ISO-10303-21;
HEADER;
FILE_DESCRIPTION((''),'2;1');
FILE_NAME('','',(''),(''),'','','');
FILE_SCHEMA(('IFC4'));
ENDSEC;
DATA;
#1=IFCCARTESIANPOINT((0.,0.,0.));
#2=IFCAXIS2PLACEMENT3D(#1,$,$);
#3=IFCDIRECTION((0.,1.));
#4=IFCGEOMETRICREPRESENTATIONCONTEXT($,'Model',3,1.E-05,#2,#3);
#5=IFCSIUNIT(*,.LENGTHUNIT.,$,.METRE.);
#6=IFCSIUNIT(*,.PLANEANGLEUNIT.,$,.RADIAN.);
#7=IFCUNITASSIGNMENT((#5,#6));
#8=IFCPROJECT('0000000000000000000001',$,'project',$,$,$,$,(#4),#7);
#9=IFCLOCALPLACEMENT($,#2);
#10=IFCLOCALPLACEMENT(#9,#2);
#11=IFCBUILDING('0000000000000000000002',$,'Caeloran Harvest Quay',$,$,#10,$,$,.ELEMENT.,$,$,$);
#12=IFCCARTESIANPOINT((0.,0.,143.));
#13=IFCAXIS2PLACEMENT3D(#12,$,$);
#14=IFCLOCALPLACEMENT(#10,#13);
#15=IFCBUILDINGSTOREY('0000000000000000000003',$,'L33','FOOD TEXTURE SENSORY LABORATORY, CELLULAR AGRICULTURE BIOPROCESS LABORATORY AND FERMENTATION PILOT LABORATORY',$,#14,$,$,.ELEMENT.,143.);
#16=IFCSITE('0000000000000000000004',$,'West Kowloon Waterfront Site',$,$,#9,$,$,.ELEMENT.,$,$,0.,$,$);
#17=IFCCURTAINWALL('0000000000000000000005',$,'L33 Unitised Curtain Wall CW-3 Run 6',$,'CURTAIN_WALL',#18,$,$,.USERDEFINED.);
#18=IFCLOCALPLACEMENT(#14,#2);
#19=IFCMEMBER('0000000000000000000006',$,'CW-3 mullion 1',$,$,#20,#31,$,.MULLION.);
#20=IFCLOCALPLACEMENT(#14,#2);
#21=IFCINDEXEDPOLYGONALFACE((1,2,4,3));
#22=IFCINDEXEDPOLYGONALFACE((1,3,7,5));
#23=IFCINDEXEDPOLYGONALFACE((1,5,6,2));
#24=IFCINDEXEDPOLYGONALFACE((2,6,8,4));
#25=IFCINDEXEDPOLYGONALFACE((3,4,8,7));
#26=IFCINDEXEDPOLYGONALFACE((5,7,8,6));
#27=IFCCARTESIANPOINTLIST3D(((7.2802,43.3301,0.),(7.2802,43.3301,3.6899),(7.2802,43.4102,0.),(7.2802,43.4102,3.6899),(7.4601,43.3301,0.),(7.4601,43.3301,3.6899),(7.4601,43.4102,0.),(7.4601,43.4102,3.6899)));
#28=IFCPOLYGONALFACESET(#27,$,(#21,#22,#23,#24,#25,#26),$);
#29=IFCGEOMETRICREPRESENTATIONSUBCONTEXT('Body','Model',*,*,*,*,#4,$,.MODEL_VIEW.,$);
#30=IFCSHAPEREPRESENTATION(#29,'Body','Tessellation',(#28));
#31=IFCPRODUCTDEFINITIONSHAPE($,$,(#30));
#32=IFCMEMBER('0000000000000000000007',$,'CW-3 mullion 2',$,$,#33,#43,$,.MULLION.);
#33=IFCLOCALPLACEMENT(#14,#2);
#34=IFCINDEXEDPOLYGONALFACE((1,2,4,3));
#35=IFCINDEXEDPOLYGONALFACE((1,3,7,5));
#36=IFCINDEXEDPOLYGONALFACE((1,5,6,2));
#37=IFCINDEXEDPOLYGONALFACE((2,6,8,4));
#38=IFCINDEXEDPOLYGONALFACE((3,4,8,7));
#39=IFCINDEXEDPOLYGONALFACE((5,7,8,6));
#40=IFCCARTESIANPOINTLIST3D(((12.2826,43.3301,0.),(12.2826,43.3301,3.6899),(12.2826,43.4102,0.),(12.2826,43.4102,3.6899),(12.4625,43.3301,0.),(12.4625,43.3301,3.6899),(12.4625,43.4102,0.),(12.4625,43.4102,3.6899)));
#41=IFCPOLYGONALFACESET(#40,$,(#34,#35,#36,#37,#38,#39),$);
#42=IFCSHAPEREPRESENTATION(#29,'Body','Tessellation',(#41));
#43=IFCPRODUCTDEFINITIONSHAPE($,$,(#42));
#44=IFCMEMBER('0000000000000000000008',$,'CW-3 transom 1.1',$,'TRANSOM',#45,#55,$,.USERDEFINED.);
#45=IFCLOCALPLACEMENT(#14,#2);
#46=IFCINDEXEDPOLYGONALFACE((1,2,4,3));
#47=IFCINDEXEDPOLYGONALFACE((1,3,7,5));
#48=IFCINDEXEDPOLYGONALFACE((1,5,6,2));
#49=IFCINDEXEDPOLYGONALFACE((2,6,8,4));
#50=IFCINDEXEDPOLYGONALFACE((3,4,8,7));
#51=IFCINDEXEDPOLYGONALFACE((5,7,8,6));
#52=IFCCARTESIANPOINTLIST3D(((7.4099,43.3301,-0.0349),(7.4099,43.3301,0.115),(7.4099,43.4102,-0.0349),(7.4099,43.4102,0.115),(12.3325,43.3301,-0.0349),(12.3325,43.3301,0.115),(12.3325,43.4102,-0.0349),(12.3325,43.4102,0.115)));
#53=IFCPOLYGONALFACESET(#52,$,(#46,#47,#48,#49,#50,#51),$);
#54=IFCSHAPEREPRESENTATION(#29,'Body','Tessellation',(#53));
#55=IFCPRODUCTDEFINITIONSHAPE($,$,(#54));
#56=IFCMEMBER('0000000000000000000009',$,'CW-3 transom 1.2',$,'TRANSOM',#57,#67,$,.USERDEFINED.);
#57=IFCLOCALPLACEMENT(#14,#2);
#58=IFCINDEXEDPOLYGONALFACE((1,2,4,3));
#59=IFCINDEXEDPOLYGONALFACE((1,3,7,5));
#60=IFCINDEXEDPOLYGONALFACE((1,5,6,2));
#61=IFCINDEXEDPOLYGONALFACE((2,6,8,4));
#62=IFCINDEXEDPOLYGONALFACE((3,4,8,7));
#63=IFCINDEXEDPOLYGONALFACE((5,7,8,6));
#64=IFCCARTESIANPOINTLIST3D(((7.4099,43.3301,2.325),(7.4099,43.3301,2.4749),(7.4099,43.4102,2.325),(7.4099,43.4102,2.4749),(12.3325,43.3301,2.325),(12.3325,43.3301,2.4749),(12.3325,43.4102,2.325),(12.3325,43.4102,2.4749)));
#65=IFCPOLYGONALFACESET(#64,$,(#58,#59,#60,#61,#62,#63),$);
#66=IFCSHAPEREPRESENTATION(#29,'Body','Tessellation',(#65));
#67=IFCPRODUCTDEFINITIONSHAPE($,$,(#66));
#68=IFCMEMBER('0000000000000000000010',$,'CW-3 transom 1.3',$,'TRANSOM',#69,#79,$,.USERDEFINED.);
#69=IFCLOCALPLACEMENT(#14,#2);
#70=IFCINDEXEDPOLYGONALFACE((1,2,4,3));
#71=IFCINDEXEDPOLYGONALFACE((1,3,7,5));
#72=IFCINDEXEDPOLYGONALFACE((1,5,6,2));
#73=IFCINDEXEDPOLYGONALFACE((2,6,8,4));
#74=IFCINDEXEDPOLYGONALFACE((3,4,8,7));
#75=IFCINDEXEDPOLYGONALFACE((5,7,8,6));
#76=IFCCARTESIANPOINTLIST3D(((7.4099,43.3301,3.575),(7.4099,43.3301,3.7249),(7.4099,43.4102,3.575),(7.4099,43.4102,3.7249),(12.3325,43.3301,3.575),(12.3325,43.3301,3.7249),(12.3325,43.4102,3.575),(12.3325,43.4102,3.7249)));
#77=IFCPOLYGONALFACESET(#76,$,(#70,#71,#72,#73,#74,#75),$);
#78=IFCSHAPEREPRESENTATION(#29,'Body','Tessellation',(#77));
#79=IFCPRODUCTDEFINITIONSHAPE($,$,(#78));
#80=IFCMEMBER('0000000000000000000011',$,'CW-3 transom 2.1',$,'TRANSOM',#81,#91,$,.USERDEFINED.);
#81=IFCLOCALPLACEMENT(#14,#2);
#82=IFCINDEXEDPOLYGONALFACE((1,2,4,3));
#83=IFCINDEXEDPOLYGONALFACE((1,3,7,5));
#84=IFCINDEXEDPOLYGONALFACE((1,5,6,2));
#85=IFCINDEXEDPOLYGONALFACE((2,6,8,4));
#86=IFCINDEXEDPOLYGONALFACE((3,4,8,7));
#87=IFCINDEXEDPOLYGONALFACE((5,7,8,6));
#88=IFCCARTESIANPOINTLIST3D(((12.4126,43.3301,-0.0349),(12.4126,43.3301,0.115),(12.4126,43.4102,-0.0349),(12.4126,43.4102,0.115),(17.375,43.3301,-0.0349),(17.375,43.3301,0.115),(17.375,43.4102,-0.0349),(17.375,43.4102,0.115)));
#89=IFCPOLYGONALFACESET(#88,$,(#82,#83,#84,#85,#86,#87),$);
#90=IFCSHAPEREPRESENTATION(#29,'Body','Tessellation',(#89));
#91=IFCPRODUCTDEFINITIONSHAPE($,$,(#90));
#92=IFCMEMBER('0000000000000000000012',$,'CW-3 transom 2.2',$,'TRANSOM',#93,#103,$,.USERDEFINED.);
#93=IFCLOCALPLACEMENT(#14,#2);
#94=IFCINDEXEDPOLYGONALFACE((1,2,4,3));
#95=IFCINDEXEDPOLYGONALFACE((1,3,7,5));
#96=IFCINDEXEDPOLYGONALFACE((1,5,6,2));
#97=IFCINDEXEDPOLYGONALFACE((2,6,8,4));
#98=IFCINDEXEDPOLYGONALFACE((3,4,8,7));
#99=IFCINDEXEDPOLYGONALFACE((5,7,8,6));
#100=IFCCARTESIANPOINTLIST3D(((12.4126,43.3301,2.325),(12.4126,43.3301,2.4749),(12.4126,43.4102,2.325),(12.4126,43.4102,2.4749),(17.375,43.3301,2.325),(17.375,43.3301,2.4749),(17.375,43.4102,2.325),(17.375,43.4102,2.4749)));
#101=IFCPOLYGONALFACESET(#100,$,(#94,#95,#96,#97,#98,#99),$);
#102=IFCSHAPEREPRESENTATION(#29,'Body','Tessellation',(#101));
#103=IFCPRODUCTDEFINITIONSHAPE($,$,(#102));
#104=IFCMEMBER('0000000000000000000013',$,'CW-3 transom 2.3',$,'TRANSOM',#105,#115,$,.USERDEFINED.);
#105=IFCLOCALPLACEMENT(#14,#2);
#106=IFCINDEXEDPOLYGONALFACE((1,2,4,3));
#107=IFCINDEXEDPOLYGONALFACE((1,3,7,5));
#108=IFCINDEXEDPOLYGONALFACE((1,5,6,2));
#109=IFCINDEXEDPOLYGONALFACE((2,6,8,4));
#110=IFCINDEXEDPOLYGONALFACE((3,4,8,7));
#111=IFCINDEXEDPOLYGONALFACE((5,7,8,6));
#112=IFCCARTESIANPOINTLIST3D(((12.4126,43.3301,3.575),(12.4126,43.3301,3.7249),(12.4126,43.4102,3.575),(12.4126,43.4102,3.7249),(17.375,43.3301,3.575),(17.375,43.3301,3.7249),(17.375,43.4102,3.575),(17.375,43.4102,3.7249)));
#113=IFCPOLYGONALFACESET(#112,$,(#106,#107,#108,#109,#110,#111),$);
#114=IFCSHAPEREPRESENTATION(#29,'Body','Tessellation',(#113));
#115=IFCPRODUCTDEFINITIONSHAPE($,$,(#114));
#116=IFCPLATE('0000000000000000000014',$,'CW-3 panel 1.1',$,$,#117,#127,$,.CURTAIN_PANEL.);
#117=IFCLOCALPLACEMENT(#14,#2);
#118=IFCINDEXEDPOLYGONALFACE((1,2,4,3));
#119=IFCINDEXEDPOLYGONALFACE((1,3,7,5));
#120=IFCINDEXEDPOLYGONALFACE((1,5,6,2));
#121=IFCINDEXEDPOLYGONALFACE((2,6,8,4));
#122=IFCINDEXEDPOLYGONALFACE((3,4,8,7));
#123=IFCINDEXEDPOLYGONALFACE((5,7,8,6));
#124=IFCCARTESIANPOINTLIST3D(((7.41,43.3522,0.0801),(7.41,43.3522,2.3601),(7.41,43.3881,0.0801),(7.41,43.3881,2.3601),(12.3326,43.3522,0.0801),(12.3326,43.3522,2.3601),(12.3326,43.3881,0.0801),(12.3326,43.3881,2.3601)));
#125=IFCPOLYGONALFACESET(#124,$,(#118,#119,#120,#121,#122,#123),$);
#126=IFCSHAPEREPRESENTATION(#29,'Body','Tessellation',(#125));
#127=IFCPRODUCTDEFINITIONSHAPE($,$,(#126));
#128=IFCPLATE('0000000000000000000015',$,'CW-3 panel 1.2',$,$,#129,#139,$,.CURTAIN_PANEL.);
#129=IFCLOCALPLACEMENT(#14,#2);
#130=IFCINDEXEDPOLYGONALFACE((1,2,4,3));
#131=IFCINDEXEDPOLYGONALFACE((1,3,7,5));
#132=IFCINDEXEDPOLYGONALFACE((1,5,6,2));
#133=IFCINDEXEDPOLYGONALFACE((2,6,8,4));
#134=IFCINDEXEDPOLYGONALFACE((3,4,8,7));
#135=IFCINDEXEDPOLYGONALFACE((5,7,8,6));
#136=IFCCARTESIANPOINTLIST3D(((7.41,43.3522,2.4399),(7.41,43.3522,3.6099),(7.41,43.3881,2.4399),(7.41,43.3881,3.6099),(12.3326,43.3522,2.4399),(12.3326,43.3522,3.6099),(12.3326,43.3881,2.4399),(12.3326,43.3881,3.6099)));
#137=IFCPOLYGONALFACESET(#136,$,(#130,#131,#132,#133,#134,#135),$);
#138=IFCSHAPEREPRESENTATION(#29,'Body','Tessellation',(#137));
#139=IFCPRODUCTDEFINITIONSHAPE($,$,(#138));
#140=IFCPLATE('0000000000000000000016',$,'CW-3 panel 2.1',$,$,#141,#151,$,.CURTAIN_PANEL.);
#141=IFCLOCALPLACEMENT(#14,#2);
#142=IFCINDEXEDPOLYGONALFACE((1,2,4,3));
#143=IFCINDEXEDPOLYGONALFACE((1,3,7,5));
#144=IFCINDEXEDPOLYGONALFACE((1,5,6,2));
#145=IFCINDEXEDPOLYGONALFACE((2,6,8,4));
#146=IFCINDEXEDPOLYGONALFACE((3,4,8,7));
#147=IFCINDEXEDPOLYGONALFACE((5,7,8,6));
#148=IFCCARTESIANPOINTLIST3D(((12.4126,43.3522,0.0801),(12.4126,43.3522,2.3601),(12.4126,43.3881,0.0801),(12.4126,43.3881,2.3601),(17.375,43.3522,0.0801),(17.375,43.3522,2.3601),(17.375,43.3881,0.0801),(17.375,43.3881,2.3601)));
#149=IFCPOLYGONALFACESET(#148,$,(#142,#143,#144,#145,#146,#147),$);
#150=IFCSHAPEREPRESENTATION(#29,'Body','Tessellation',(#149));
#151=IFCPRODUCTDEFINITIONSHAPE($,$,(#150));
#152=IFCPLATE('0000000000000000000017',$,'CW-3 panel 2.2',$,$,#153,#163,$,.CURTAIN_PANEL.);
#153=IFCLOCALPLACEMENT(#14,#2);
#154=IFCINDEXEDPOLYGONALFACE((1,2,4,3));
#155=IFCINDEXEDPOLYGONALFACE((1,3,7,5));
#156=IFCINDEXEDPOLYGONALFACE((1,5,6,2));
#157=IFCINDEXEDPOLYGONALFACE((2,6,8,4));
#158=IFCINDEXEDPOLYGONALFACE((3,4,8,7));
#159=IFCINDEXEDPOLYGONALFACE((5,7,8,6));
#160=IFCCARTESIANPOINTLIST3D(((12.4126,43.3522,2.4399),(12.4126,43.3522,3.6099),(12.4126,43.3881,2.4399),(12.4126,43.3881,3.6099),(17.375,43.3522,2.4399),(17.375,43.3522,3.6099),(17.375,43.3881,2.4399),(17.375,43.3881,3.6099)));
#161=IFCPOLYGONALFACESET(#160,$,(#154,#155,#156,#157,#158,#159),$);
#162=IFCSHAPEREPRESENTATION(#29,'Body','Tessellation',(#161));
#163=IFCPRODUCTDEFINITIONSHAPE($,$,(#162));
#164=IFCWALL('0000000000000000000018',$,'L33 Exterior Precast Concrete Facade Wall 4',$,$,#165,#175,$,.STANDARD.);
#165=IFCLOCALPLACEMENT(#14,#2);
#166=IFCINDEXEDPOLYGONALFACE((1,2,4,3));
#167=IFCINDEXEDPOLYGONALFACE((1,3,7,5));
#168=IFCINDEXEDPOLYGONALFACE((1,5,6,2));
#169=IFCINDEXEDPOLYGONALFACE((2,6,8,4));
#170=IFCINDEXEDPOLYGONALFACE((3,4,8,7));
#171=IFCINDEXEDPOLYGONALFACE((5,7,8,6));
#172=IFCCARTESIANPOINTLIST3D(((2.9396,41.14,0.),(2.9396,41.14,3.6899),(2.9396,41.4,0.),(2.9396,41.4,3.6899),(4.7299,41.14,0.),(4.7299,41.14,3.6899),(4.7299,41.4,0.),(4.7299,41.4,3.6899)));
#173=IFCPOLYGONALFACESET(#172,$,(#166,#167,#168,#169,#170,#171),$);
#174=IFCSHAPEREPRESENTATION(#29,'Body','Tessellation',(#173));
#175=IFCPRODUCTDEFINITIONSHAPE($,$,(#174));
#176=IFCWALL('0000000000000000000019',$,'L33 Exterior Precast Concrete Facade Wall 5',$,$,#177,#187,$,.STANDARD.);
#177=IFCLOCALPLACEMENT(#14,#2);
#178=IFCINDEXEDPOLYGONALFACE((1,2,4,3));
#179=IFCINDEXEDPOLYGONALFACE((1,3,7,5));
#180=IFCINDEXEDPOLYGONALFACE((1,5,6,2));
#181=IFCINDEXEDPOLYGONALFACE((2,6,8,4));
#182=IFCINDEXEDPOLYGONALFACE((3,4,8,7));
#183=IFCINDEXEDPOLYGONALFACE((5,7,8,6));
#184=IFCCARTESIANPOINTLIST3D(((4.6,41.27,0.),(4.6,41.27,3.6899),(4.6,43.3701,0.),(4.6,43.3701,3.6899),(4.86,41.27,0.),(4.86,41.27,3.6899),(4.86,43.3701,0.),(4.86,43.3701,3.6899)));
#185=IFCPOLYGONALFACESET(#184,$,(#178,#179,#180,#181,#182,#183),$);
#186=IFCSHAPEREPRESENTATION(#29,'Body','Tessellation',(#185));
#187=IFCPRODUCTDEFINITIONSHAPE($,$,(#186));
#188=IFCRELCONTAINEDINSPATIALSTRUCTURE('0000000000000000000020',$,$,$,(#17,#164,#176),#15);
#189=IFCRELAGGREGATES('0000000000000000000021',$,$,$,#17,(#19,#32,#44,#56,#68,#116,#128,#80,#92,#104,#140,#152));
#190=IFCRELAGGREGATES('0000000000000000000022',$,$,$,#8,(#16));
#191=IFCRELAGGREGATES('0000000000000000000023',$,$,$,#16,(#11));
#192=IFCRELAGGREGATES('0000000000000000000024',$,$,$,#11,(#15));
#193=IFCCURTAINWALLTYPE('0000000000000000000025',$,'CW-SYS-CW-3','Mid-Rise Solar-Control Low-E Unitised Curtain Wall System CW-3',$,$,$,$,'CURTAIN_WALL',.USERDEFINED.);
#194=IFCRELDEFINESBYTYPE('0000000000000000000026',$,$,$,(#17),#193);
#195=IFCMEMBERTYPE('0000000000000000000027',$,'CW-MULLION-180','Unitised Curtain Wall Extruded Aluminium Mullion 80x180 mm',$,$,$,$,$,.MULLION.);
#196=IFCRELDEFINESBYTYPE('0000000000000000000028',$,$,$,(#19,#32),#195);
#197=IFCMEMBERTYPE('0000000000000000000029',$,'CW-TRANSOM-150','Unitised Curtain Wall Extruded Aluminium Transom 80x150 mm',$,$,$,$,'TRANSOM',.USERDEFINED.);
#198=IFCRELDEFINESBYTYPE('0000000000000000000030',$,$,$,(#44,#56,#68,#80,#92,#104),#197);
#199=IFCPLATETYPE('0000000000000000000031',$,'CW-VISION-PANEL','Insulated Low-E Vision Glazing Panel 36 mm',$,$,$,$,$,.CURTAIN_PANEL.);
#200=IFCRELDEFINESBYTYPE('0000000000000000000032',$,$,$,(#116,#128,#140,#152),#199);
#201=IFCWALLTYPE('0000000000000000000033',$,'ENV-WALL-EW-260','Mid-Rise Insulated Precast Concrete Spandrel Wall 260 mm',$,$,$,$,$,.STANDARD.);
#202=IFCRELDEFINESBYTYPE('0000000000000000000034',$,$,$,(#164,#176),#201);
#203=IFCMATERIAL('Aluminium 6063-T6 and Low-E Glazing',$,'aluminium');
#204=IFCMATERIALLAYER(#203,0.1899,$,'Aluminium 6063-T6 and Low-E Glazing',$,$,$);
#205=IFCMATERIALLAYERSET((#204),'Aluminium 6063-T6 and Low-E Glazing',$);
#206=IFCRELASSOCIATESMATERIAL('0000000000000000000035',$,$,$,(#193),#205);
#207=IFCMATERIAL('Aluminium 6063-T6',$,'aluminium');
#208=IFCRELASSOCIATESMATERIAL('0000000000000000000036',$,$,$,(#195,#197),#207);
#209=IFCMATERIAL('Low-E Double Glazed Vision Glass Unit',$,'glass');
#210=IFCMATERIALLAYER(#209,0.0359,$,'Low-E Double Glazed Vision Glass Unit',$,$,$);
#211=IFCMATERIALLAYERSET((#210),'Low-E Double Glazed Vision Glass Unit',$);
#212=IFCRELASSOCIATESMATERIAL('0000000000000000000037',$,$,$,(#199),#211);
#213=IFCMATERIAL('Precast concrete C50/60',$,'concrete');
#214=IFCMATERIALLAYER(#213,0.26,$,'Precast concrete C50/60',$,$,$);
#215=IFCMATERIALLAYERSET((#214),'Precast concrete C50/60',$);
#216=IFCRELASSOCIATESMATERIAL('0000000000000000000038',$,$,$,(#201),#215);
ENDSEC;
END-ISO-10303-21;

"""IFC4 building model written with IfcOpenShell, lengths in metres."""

from ifc_helpers import new_model, si_unit, direction, frame, frame_2d, origin, origin_2d, place, context, subcontext, project, spatial, rectangle, extrude, material, layer, layer_set, material_profile, profile_set, type_object, element, aggregate, save


model = new_model("IFC4")

# Units and contexts
model_context = context("Model", 3, precision=1e-05, world=origin(), true_north=direction((0.0, 1.0)))
body_context = subcontext(model_context, "Body", "Model", "MODEL_VIEW")
ifc_project = project(units=[si_unit("LENGTHUNIT", "METRE"), si_unit("PLANEANGLEUNIT", "RADIAN")], contexts=[model_context])

# Site, building, storey
site_placement = place(None, origin())
site = spatial("IfcSite", under=ifc_project, at=site_placement, Name="West Kowloon Waterfront Site", CompositionType="ELEMENT", RefElevation=0.0)
building_placement = place(site_placement, origin())
building = spatial("IfcBuilding", under=site, at=building_placement, Name="Caeloran Harvest Quay", CompositionType="ELEMENT")
storey_placement = place(building_placement, frame((0.0, 0.0, 143.0)))
storey = spatial("IfcBuildingStorey", under=building, at=storey_placement, Name="L33", Description="FOOD TEXTURE SENSORY LABORATORY, CELLULAR AGRICULTURE BIOPROCESS LABORATORY AND FERMENTATION PILOT LABORATORY", CompositionType="ELEMENT", Elevation=143.0)

# Curtain wall, members, plates
ifc_material_1 = material(Name="Aluminium 6063-T6 and Low-E Glazing", Category="aluminium")
ifc_layer_1 = layer(ifc_material_1, 0.1899, Name="Aluminium 6063-T6 and Low-E Glazing")
ifc_layer_set_1 = layer_set([ifc_layer_1], Name="Aluminium 6063-T6 and Low-E Glazing")
curtain_wall_type = type_object("IfcCurtainWallType", Name="CW-SYS-CW-3", Description="Mid-Rise Solar-Control Low-E Unitised Curtain Wall System CW-3", ElementType="CURTAIN_WALL", PredefinedType="USERDEFINED", material=ifc_layer_set_1)
curtain_wall_placement = place(storey_placement, origin())
curtain_wall = element("IfcCurtainWall", 1, at=curtain_wall_placement, inside=storey, type_object=curtain_wall_type, Name="L33 Unitised Curtain Wall CW-3 Run 6", ObjectType="CURTAIN_WALL", PredefinedType="USERDEFINED")
ifc_material_2 = material(Name="Aluminium 6063-T6", Category="aluminium")
ifc_material_profile_1 = material_profile(ifc_material_2, rectangle(XDim=0.0801, YDim=0.1799, at=origin_2d()), Name="CW-MULLION-180")
ifc_profile_set_1 = profile_set([ifc_material_profile_1], Name="Aluminium 6063-T6")
member_type_1 = type_object("IfcMemberType", Name="CW-MULLION-180", Description="Unitised Curtain Wall Extruded Aluminium Mullion 80x180 mm", PredefinedType="MULLION", material=ifc_profile_set_1)
member_1_placement = place(storey_placement, frame((7.3701, 43.3701, 0.0), z_axis=(0.0, 0.0, 1.0), x_axis=(0.0, 1.0, 0.0)))
member_1 = element("IfcMember", 2, at=member_1_placement, type_object=member_type_1, Name="CW-3 mullion 1", PredefinedType="MULLION", context=body_context, shape_type="SweptSolid", body=[
    extrude(rectangle(XDim=0.0801, YDim=0.1799, at=origin_2d()), origin(), (0.0, 0.0, 1.0), 3.6899),
])
member_2_placement = place(storey_placement, frame((12.3726, 43.3701, 0.0), z_axis=(0.0, 0.0, 1.0), x_axis=(0.0, 1.0, 0.0)))
member_2 = element("IfcMember", 3, at=member_2_placement, type_object=member_type_1, Name="CW-3 mullion 2", PredefinedType="MULLION", context=body_context, shape_type="SweptSolid", body=[
    extrude(rectangle(XDim=0.0801, YDim=0.1799, at=origin_2d()), origin(), (0.0, 0.0, 1.0), 3.6899),
])
ifc_material_profile_2 = material_profile(ifc_material_2, rectangle(XDim=0.0801, YDim=0.1499, at=origin_2d()), Name="CW-TRANSOM-150")
ifc_profile_set_2 = profile_set([ifc_material_profile_2], Name="Aluminium 6063-T6")
member_type_2 = type_object("IfcMemberType", Name="CW-TRANSOM-150", Description="Unitised Curtain Wall Extruded Aluminium Transom 80x150 mm", ElementType="TRANSOM", PredefinedType="USERDEFINED", material=ifc_profile_set_2)
member_3_placement = place(storey_placement, frame((7.4099, 43.3701, 0.04), z_axis=(1.0, 0.0, 0.0), x_axis=(0.0, 1.0, 0.0)))
member_3 = element("IfcMember", 4, at=member_3_placement, type_object=member_type_2, Name="CW-3 transom 1.1", ObjectType="TRANSOM", PredefinedType="USERDEFINED", context=body_context, shape_type="SweptSolid", body=[
    extrude(rectangle(XDim=0.0801, YDim=0.1499, at=origin_2d()), origin(), (0.0, 0.0, 1.0), 4.9226),
])
member_4_placement = place(storey_placement, frame((7.4099, 43.3701, 2.3999), z_axis=(1.0, 0.0, 0.0), x_axis=(0.0, 1.0, 0.0)))
member_4 = element("IfcMember", 5, at=member_4_placement, type_object=member_type_2, Name="CW-3 transom 1.2", ObjectType="TRANSOM", PredefinedType="USERDEFINED", context=body_context, shape_type="SweptSolid", body=[
    extrude(rectangle(XDim=0.0801, YDim=0.1499, at=origin_2d()), origin(), (0.0, 0.0, 1.0), 4.9226),
])
member_5_placement = place(storey_placement, frame((7.4099, 43.3701, 3.6499), z_axis=(1.0, 0.0, 0.0), x_axis=(0.0, 1.0, 0.0)))
member_5 = element("IfcMember", 6, at=member_5_placement, type_object=member_type_2, Name="CW-3 transom 1.3", ObjectType="TRANSOM", PredefinedType="USERDEFINED", context=body_context, shape_type="SweptSolid", body=[
    extrude(rectangle(XDim=0.0801, YDim=0.1499, at=origin_2d()), origin(), (0.0, 0.0, 1.0), 4.9226),
])
member_6_placement = place(storey_placement, frame((12.4126, 43.3701, 0.04), z_axis=(1.0, 0.0, 0.0), x_axis=(0.0, 1.0, 0.0)))
member_6 = element("IfcMember", 7, at=member_6_placement, type_object=member_type_2, Name="CW-3 transom 2.1", ObjectType="TRANSOM", PredefinedType="USERDEFINED", context=body_context, shape_type="SweptSolid", body=[
    extrude(rectangle(XDim=0.0801, YDim=0.1499, at=origin_2d()), origin(), (0.0, 0.0, 1.0), 4.9624),
])
member_7_placement = place(storey_placement, frame((12.4126, 43.3701, 2.3999), z_axis=(1.0, 0.0, 0.0), x_axis=(0.0, 1.0, 0.0)))
member_7 = element("IfcMember", 8, at=member_7_placement, type_object=member_type_2, Name="CW-3 transom 2.2", ObjectType="TRANSOM", PredefinedType="USERDEFINED", context=body_context, shape_type="SweptSolid", body=[
    extrude(rectangle(XDim=0.0801, YDim=0.1499, at=origin_2d()), origin(), (0.0, 0.0, 1.0), 4.9624),
])
member_8_placement = place(storey_placement, frame((12.4126, 43.3701, 3.6499), z_axis=(1.0, 0.0, 0.0), x_axis=(0.0, 1.0, 0.0)))
member_8 = element("IfcMember", 9, at=member_8_placement, type_object=member_type_2, Name="CW-3 transom 2.3", ObjectType="TRANSOM", PredefinedType="USERDEFINED", context=body_context, shape_type="SweptSolid", body=[
    extrude(rectangle(XDim=0.0801, YDim=0.1499, at=origin_2d()), origin(), (0.0, 0.0, 1.0), 4.9624),
])
ifc_material_3 = material(Name="Low-E Double Glazed Vision Glass Unit", Category="glass")
ifc_layer_2 = layer(ifc_material_3, 0.0359, Name="Low-E Double Glazed Vision Glass Unit")
ifc_layer_set_2 = layer_set([ifc_layer_2], Name="Low-E Double Glazed Vision Glass Unit")
plate_type = type_object("IfcPlateType", Name="CW-VISION-PANEL", Description="Insulated Low-E Vision Glazing Panel 36 mm", PredefinedType="CURTAIN_PANEL", material=ifc_layer_set_2)
plate_1_placement = place(storey_placement, frame((9.8713, 43.3701, 0.0801), z_axis=(0.0, 0.0, 1.0), x_axis=(1.0, 0.0, 0.0)))
plate_1 = element("IfcPlate", 10, at=plate_1_placement, type_object=plate_type, Name="CW-3 panel 1.1", PredefinedType="CURTAIN_PANEL", context=body_context, shape_type="SweptSolid", body=[
    extrude(rectangle(XDim=4.9226, YDim=0.0359, at=origin_2d()), origin(), (0.0, 0.0, 1.0), 2.28),
])
plate_2_placement = place(storey_placement, frame((9.8713, 43.3701, 2.4399), z_axis=(0.0, 0.0, 1.0), x_axis=(1.0, 0.0, 0.0)))
plate_2 = element("IfcPlate", 11, at=plate_2_placement, type_object=plate_type, Name="CW-3 panel 1.2", PredefinedType="CURTAIN_PANEL", context=body_context, shape_type="SweptSolid", body=[
    extrude(rectangle(XDim=4.9226, YDim=0.0359, at=origin_2d()), origin(), (0.0, 0.0, 1.0), 1.1699),
])
plate_3_placement = place(storey_placement, frame((14.8938, 43.3701, 0.0801), z_axis=(0.0, 0.0, 1.0), x_axis=(1.0, 0.0, 0.0)))
plate_3 = element("IfcPlate", 12, at=plate_3_placement, type_object=plate_type, Name="CW-3 panel 2.1", PredefinedType="CURTAIN_PANEL", context=body_context, shape_type="SweptSolid", body=[
    extrude(rectangle(XDim=4.9624, YDim=0.0359, at=origin_2d()), origin(), (0.0, 0.0, 1.0), 2.28),
])
plate_4_placement = place(storey_placement, frame((14.8938, 43.3701, 2.4399), z_axis=(0.0, 0.0, 1.0), x_axis=(1.0, 0.0, 0.0)))
plate_4 = element("IfcPlate", 13, at=plate_4_placement, type_object=plate_type, Name="CW-3 panel 2.2", PredefinedType="CURTAIN_PANEL", context=body_context, shape_type="SweptSolid", body=[
    extrude(rectangle(XDim=4.9624, YDim=0.0359, at=origin_2d()), origin(), (0.0, 0.0, 1.0), 1.1699),
])
aggregate(curtain_wall, [member_1, member_2, member_3, member_4, member_5, plate_1, plate_2, member_6, member_7, member_8, plate_3, plate_4])

# Walls
ifc_material_4 = material(Name="Precast concrete C50/60", Category="concrete")
ifc_layer_3 = layer(ifc_material_4, 0.26, Name="Precast concrete C50/60")
ifc_layer_set_3 = layer_set([ifc_layer_3], Name="Precast concrete C50/60")
wall_type_1 = type_object("IfcWallType", Name="ENV-WALL-EW-260", Description="Mid-Rise Insulated Precast Concrete Spandrel Wall 260 mm", PredefinedType="STANDARD", material=ifc_layer_set_3)
wall_1_placement = place(storey_placement, frame((2.9397, 41.27, 0.0), z_axis=(0.0, 0.0, 1.0), x_axis=(1.0, 0.0, 0.0)))
element("IfcWall", 14, at=wall_1_placement, inside=storey, type_object=wall_type_1, Name="L33 Exterior Precast Concrete Facade Wall 4", PredefinedType="STANDARD", context=body_context, shape_type="SweptSolid", body=[
    extrude(rectangle(XDim=1.7903, YDim=0.26, at=frame_2d((0.895, 0.0))), origin(), (0.0, 0.0, 1.0), 3.6899),
])
wall_2_placement = place(storey_placement, frame((4.73, 41.27, 0.0), z_axis=(0.0, 0.0, 1.0), x_axis=(0.0, 1.0, 0.0)))
element("IfcWall", 15, at=wall_2_placement, inside=storey, type_object=wall_type_1, Name="L33 Exterior Precast Concrete Facade Wall 5", PredefinedType="STANDARD", context=body_context, shape_type="SweptSolid", body=[
    extrude(rectangle(XDim=2.1001, YDim=0.26, at=frame_2d((1.05, 0.0))), origin(), (0.0, 0.0, 1.0), 3.6899),
])

save(model, "model.ifc")
